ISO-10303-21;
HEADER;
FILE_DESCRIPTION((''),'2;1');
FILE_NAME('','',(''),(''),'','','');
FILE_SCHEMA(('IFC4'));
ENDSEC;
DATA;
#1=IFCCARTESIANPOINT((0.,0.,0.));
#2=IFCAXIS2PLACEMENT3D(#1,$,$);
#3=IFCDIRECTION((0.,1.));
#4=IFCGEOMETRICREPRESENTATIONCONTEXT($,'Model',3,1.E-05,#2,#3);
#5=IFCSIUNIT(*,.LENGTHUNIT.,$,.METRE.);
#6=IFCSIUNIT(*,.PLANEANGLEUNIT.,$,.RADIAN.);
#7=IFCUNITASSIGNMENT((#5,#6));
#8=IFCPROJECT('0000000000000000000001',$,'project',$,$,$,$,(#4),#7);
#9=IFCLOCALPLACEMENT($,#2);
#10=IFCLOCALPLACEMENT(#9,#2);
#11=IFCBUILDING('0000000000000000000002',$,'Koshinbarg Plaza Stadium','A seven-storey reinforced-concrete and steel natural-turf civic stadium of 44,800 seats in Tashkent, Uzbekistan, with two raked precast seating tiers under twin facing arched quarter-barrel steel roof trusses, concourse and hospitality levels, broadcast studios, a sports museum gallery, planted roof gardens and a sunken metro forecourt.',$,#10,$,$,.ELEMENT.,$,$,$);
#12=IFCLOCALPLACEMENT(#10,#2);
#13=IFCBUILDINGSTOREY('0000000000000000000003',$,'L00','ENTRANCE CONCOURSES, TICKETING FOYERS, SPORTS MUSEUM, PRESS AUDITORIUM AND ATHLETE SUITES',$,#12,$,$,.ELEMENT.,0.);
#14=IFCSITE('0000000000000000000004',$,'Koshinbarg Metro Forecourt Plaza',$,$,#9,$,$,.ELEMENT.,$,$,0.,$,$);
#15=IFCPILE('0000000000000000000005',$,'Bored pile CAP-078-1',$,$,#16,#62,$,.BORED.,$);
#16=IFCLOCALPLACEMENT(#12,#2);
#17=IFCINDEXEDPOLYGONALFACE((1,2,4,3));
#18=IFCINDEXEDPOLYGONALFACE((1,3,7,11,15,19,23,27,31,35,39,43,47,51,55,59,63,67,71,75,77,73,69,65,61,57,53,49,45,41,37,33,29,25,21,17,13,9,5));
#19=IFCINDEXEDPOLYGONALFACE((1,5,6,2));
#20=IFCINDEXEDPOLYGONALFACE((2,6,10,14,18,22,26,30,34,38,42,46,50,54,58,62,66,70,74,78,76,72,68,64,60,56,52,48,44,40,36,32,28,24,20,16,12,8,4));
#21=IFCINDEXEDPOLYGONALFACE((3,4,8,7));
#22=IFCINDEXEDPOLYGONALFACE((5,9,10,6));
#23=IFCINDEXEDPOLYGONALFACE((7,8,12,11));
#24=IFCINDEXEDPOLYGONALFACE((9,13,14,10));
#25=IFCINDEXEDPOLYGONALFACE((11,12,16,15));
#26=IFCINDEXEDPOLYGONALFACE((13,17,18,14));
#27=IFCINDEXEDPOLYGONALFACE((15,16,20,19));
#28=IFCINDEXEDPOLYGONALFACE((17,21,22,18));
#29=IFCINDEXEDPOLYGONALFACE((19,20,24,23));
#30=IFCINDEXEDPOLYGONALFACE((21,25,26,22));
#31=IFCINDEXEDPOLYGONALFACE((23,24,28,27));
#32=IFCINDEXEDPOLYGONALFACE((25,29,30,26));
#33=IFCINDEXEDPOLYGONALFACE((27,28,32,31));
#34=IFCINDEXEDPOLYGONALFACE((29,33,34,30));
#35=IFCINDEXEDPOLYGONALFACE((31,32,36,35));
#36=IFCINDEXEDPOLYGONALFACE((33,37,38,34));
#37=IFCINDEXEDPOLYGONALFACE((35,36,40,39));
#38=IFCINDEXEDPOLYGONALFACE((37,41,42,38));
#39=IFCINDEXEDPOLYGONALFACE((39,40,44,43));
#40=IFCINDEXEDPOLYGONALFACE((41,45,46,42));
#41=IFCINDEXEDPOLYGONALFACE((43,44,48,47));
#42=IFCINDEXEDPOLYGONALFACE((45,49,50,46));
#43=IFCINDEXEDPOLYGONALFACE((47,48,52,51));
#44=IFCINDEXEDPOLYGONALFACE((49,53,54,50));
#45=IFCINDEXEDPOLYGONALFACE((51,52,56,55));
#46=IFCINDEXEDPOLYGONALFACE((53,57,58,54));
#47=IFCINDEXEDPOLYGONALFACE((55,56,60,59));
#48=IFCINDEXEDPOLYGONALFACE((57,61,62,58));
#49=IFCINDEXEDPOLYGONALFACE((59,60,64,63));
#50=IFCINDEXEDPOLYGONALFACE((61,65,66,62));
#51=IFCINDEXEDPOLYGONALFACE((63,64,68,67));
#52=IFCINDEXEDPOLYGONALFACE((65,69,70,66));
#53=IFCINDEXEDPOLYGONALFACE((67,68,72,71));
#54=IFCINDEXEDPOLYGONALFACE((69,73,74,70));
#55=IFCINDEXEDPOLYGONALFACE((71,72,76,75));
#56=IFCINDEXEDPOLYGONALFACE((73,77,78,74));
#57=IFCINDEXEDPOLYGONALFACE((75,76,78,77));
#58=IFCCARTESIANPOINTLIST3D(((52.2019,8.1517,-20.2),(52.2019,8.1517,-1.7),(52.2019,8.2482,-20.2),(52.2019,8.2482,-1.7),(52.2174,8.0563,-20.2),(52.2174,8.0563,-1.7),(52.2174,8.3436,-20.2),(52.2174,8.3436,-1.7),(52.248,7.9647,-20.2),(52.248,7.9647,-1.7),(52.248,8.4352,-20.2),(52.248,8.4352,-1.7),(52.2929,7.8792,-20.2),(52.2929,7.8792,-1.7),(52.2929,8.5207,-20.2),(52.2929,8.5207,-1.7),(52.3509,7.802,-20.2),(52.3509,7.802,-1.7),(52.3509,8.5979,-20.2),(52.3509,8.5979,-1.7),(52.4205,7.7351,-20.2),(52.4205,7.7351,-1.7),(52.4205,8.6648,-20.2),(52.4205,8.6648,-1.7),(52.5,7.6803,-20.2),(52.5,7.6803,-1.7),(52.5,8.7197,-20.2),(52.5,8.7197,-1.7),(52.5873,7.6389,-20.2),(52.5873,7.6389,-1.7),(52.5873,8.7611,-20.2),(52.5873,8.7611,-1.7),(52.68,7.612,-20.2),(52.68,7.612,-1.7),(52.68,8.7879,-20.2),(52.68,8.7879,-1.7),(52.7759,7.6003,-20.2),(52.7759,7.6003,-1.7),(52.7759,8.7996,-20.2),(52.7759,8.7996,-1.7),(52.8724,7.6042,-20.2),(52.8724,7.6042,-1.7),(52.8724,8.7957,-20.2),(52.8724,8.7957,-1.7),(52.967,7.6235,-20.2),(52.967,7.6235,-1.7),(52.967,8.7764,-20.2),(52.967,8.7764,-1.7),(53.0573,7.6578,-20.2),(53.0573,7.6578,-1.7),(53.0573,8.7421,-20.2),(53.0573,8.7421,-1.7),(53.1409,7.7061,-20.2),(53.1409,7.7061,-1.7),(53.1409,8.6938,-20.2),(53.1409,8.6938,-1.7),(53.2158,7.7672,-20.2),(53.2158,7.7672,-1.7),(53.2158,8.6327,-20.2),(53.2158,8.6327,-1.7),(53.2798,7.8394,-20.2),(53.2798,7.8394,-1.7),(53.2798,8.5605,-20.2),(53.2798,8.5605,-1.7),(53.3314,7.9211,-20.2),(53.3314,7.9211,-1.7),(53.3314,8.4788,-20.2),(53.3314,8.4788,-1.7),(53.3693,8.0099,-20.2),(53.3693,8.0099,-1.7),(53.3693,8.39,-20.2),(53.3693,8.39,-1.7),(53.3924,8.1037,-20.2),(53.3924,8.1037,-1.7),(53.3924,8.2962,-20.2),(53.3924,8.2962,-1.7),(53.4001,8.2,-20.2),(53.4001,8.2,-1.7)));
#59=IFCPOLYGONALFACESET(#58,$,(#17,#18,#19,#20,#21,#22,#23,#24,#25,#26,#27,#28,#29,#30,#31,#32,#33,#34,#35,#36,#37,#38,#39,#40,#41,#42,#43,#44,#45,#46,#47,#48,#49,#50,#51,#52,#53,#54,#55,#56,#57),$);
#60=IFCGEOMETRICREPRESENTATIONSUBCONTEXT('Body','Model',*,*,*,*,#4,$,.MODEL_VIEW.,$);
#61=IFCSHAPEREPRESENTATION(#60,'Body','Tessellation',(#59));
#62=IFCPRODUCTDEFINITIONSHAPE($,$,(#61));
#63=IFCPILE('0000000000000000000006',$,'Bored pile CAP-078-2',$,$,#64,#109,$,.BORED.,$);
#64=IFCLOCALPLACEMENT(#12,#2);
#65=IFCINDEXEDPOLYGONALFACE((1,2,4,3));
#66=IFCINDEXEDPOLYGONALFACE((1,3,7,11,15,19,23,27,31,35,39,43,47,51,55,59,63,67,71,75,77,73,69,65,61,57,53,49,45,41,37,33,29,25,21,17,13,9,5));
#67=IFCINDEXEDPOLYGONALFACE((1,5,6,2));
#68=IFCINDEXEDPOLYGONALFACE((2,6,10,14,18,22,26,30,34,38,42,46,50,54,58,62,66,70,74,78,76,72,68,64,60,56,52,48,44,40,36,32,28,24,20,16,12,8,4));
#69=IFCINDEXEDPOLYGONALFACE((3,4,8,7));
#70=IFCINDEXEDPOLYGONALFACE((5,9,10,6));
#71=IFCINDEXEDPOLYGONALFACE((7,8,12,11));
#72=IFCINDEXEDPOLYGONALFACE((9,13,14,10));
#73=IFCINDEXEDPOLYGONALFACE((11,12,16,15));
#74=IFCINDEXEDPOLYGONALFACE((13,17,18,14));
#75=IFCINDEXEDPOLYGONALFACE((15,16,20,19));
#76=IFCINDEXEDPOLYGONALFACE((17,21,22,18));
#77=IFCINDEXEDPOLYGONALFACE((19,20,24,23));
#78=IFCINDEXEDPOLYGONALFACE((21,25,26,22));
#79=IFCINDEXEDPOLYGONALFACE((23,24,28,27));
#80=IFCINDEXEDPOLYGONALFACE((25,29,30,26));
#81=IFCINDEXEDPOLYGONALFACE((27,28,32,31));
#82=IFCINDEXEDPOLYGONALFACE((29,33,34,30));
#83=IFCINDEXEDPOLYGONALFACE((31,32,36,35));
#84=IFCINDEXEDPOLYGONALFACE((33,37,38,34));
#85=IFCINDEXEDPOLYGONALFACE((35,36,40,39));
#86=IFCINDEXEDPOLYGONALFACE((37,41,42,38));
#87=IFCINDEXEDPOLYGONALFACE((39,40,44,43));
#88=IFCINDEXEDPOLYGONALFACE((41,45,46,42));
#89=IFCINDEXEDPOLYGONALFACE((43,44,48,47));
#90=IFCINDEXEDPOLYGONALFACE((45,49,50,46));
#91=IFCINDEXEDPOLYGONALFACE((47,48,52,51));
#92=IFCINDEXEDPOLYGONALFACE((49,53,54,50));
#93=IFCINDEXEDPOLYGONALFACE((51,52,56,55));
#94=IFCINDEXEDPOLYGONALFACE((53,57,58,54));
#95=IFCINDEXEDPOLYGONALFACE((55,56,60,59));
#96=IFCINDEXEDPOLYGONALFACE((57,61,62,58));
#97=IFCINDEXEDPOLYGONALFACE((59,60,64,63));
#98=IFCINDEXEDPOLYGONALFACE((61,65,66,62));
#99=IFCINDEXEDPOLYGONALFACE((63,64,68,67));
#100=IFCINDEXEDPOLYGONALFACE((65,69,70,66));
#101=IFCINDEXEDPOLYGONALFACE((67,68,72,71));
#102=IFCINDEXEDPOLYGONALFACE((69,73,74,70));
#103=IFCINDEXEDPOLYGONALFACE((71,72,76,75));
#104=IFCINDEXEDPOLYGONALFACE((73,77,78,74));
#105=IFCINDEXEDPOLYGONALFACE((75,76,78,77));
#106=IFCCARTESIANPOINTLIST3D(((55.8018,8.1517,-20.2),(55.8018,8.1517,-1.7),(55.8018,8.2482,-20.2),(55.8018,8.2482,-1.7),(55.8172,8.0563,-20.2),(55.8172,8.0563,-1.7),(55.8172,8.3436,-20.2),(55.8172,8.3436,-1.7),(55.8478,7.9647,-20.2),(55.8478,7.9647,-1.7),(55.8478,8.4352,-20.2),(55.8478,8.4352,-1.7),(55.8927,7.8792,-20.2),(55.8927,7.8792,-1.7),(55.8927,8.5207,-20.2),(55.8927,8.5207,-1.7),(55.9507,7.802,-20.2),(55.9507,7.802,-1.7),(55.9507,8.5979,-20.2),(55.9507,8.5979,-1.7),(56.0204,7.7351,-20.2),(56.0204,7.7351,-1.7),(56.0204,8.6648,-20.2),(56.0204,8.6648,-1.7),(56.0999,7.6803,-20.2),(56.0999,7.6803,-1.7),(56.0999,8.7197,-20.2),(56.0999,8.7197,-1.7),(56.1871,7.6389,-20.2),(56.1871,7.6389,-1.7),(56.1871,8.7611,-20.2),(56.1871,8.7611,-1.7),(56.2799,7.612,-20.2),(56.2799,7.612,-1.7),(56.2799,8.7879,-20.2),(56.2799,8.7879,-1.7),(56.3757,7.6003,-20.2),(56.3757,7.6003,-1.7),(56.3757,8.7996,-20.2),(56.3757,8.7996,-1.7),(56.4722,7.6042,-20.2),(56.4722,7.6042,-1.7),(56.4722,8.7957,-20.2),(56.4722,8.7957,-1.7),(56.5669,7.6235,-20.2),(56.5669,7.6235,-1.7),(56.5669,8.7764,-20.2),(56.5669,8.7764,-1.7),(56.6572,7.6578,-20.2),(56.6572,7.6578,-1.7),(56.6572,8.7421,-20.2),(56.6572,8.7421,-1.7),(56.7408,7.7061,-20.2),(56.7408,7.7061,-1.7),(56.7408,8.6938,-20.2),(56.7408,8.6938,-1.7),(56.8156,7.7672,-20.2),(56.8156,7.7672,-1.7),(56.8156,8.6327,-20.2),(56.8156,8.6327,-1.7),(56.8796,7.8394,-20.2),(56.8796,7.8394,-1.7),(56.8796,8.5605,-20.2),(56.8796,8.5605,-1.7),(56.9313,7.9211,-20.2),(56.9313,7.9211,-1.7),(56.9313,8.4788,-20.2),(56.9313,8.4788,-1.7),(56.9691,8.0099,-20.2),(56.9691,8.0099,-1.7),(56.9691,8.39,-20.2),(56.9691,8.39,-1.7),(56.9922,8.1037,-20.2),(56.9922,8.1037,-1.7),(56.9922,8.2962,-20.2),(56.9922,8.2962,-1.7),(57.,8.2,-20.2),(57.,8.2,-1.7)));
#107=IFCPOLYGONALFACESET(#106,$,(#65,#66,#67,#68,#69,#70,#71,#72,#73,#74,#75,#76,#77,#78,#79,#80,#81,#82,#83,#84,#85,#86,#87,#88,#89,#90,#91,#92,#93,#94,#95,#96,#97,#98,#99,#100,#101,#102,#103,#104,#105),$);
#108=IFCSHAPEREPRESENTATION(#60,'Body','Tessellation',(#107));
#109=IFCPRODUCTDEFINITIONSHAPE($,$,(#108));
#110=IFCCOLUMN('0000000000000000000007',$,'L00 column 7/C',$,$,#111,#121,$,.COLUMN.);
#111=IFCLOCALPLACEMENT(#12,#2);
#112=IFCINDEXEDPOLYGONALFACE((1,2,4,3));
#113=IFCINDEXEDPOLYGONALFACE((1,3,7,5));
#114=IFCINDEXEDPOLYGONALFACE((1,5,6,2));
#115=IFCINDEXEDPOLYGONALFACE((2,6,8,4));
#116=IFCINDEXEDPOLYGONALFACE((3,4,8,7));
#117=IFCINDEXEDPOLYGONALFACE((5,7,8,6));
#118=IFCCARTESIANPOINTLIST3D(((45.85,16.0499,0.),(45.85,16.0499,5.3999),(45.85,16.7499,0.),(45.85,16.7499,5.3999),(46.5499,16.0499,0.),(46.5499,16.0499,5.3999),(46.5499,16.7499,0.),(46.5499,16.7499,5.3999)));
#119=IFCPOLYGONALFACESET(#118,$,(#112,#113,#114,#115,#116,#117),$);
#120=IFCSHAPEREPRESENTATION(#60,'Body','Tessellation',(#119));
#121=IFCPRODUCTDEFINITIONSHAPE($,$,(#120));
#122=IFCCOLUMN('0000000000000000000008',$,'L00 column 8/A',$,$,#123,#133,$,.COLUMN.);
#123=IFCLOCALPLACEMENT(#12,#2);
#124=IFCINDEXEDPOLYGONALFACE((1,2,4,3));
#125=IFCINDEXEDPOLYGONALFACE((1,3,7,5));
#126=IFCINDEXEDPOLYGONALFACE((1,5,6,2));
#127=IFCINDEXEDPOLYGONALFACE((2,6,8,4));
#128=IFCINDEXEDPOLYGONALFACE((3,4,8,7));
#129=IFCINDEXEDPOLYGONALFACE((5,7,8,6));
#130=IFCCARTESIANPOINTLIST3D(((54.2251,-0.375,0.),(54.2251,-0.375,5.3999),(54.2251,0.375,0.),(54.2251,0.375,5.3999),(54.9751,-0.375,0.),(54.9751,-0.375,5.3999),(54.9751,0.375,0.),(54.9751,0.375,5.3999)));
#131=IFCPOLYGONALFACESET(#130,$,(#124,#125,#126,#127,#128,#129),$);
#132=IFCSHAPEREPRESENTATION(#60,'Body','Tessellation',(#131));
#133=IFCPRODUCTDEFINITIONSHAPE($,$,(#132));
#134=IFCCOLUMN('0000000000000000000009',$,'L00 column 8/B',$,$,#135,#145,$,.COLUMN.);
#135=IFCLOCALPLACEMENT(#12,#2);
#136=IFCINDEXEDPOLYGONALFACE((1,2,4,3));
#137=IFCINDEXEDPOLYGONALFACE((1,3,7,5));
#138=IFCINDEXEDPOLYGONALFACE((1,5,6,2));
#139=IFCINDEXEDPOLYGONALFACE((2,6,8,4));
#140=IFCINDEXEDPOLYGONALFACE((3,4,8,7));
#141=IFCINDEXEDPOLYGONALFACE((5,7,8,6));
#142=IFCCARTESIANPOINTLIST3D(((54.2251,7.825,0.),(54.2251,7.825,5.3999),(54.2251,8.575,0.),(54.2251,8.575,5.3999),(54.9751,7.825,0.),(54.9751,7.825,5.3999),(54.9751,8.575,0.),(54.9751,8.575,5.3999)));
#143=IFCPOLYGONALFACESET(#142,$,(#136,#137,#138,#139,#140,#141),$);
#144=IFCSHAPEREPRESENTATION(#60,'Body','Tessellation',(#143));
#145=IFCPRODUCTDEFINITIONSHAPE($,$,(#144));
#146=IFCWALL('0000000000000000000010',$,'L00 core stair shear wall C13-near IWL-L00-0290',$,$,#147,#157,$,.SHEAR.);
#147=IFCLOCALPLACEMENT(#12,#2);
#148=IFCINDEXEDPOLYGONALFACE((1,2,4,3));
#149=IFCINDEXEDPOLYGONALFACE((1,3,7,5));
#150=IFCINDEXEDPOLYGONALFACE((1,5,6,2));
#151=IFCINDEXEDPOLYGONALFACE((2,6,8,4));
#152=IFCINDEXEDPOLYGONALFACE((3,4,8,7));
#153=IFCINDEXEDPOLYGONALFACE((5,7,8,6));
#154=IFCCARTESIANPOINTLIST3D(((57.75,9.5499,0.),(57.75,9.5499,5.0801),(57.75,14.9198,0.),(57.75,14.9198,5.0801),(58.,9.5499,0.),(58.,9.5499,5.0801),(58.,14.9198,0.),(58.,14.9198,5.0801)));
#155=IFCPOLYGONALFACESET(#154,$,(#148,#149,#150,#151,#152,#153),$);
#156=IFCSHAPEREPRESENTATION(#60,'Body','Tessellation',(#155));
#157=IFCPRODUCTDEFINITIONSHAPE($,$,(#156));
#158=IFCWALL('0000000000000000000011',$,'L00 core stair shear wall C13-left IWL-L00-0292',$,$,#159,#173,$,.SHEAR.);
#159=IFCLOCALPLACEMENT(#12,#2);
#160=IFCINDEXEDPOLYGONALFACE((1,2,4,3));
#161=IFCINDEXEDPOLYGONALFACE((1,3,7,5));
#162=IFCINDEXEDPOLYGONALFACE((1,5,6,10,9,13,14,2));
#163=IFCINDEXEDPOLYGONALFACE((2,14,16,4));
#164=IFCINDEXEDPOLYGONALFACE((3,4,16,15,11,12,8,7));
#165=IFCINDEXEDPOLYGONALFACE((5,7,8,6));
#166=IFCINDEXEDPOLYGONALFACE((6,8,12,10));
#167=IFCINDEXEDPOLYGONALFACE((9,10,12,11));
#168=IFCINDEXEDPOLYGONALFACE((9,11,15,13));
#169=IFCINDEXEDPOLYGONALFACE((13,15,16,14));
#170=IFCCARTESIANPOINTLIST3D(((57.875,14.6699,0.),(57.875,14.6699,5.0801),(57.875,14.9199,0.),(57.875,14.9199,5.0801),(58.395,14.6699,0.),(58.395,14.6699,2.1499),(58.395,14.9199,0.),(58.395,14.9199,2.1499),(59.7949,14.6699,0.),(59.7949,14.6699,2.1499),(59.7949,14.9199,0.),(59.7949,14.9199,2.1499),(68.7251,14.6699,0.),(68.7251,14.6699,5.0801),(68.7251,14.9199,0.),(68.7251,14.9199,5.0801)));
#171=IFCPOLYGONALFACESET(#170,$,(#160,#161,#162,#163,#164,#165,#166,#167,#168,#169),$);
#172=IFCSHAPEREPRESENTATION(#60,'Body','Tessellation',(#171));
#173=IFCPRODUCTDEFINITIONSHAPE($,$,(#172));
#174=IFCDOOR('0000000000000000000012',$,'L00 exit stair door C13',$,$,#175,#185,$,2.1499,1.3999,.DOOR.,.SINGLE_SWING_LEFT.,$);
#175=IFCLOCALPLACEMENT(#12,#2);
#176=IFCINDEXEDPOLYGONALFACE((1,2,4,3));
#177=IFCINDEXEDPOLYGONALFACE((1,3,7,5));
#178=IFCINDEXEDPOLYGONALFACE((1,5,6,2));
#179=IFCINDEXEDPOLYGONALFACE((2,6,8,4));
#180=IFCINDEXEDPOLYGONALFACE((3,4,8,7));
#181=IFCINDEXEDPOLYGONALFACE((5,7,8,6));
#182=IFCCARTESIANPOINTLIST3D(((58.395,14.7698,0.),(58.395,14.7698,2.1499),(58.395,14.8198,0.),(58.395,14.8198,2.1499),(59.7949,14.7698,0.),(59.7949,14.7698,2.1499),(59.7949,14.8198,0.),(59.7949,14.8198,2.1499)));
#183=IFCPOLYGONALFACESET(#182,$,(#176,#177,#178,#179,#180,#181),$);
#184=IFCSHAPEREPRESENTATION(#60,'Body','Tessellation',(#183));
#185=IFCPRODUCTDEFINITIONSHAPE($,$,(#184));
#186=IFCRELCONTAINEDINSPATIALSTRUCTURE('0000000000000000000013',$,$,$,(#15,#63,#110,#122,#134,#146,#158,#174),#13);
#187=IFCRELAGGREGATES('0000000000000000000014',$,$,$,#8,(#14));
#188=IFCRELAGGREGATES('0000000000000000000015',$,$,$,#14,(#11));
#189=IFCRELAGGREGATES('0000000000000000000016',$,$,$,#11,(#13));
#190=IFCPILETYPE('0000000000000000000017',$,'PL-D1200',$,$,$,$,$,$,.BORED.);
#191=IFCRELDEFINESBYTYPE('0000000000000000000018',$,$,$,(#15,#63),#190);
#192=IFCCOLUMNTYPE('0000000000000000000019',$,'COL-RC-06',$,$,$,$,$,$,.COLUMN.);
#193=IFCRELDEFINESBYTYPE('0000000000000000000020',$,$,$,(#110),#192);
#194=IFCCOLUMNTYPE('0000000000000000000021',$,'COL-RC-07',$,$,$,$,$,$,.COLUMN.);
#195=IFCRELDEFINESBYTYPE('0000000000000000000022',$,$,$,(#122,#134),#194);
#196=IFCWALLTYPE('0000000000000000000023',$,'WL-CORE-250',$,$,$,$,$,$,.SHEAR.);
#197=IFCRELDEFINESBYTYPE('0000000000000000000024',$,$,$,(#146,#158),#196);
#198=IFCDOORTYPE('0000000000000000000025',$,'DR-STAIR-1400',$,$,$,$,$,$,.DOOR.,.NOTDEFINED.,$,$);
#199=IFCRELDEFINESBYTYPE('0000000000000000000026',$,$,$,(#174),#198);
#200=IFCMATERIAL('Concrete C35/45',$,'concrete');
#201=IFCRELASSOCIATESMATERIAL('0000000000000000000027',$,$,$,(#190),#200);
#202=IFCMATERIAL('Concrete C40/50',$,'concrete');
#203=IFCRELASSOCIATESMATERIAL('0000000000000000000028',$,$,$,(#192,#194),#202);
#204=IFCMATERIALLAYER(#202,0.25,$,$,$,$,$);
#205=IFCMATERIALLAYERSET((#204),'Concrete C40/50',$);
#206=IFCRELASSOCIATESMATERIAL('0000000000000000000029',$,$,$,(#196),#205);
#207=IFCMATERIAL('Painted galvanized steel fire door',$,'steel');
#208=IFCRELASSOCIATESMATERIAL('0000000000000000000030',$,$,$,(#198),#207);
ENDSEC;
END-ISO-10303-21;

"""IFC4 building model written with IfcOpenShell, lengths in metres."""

from ifc_helpers import new_model, si_unit, direction, frame, frame_2d, origin, origin_2d, place, context, subcontext, project, spatial, rectangle, circle, extrude, material, layer, layer_set, material_profile, profile_set, type_object, element, fill, save


model = new_model("IFC4")

# Units and contexts
model_context = context("Model", 3, precision=1e-05, world=origin(), true_north=direction((0.0, 1.0)))
body_context = subcontext(model_context, "Body", "Model", "MODEL_VIEW")
ifc_project = project(units=[si_unit("LENGTHUNIT", "METRE"), si_unit("PLANEANGLEUNIT", "RADIAN")], contexts=[model_context])

# Site, building, storey
site_placement = place(None, origin())
site = spatial("IfcSite", under=ifc_project, at=site_placement, Name="Koshinbarg Metro Forecourt Plaza", CompositionType="ELEMENT", RefElevation=0.0)
building_placement = place(site_placement, origin())
building = spatial("IfcBuilding", under=site, at=building_placement, Name="Koshinbarg Plaza Stadium", Description="A seven-storey reinforced-concrete and steel natural-turf civic stadium of 44,800 seats in Tashkent, Uzbekistan, with two raked precast seating tiers under twin facing arched quarter-barrel steel roof trusses, concourse and hospitality levels, broadcast studios, a sports museum gallery, planted roof gardens and a sunken metro forecourt.", CompositionType="ELEMENT")
storey_placement = place(building_placement, origin())
storey = spatial("IfcBuildingStorey", under=building, at=storey_placement, Name="L00", Description="ENTRANCE CONCOURSES, TICKETING FOYERS, SPORTS MUSEUM, PRESS AUDITORIUM AND ATHLETE SUITES", CompositionType="ELEMENT", Elevation=0.0)

# Shared definitions
ifc_material_1 = material(Name="Concrete C35/45", Category="concrete")

# Piles
ifc_material_profile_1 = material_profile(ifc_material_1, circle(Radius=0.6001, at=origin_2d()), Name="PILE D1200")
ifc_profile_set_1 = profile_set([ifc_material_profile_1], Name="Concrete C35/45")
pile_type_1 = type_object("IfcPileType", Name="PL-D1200", PredefinedType="BORED", material=ifc_profile_set_1)
for number, where, z_axis, x_axis, name in (
    (1, (52.8, 8.2, -1.7), (0.0, 0.0, -1.0), (1.0, 0.0, 0.0), "Bored pile CAP-078-1"),
    (2, (56.3999, 8.2, -1.7), (0.0, 0.0, -1.0), (1.0, 0.0, 0.0), "Bored pile CAP-078-2"),
):
    element("IfcPile", number, at=place(storey_placement, frame(where, z_axis=z_axis, x_axis=x_axis)), inside=storey, type_object=pile_type_1, Name=name, PredefinedType="BORED", context=body_context, shape_type="SweptSolid", body=[
        extrude(circle(Radius=0.6001, at=origin_2d()), origin(), (0.0, 0.0, 1.0), 18.5),
    ])

# Columns
ifc_material_2 = material(Name="Concrete C40/50", Category="concrete")
ifc_material_profile_2 = material_profile(ifc_material_2, rectangle(XDim=0.7, YDim=0.7, at=origin_2d()), Name="RC 700x700")
ifc_profile_set_2 = profile_set([ifc_material_profile_2], Name="Concrete C40/50")
column_type_1 = type_object("IfcColumnType", Name="COL-RC-06", PredefinedType="COLUMN", material=ifc_profile_set_2)
column_placement = place(storey_placement, frame((46.2, 16.3999, 0.0), z_axis=(0.0, 0.0, 1.0), x_axis=(1.0, 0.0, 0.0)))
element("IfcColumn", 3, at=column_placement, inside=storey, type_object=column_type_1, Name="L00 column 7/C", PredefinedType="COLUMN", context=body_context, shape_type="SweptSolid", body=[
    extrude(rectangle(XDim=0.7, YDim=0.7, at=origin_2d()), origin(), (0.0, 0.0, 1.0), 5.3999),
])
ifc_material_profile_3 = material_profile(ifc_material_2, rectangle(XDim=0.75, YDim=0.75, at=origin_2d()), Name="RC 750x750")
ifc_profile_set_3 = profile_set([ifc_material_profile_3], Name="Concrete C40/50")
column_type_2 = type_object("IfcColumnType", Name="COL-RC-07", PredefinedType="COLUMN", material=ifc_profile_set_3)
for number, where, z_axis, x_axis, name in (
    (4, (54.6001, 0.0, 0.0), (0.0, 0.0, 1.0), (1.0, 0.0, 0.0), "L00 column 8/A"),
    (5, (54.6001, 8.2, 0.0), (0.0, 0.0, 1.0), (1.0, 0.0, 0.0), "L00 column 8/B"),
):
    element("IfcColumn", number, at=place(storey_placement, frame(where, z_axis=z_axis, x_axis=x_axis)), inside=storey, type_object=column_type_2, Name=name, PredefinedType="COLUMN", context=body_context, shape_type="SweptSolid", body=[
        extrude(rectangle(XDim=0.75, YDim=0.75, at=origin_2d()), origin(), (0.0, 0.0, 1.0), 5.3999),
    ])

# Wall
ifc_layer_1 = layer(ifc_material_2, 0.25)
ifc_layer_set_1 = layer_set([ifc_layer_1], Name="Concrete C40/50")
wall_type_1 = type_object("IfcWallType", Name="WL-CORE-250", PredefinedType="SHEAR", material=ifc_layer_set_1)
wall_1_placement = place(storey_placement, frame((57.875, 14.9199, 0.0), z_axis=(0.0, 0.0, 1.0), x_axis=(0.0, -1.0, 0.0)))
element("IfcWall", 6, at=wall_1_placement, inside=storey, type_object=wall_type_1, Name="L00 core stair shear wall C13-near IWL-L00-0290", PredefinedType="SHEAR", context=body_context, shape_type="SweptSolid", body=[
    extrude(rectangle(XDim=5.3699, YDim=0.25, at=frame_2d((2.6851, 0.0))), origin(), (0.0, 0.0, 1.0), 5.0801),
])

# Wall, opening, door
wall_2_placement = place(storey_placement, frame((57.875, 14.7949, 0.0), z_axis=(0.0, 0.0, 1.0), x_axis=(1.0, 0.0, 0.0)))
wall_2 = element("IfcWall", 7, at=wall_2_placement, inside=storey, type_object=wall_type_1, Name="L00 core stair shear wall C13-left IWL-L00-0292", PredefinedType="SHEAR", context=body_context, shape_type="SweptSolid", body=[
    extrude(rectangle(XDim=10.8501, YDim=0.25, at=frame_2d((5.425, 0.0))), origin(), (0.0, 0.0, 1.0), 5.0801),
])
opening_placement = place(wall_2_placement, frame((0.52, 0.0, 0.0)))
opening = element("IfcOpeningElement", 8, at=opening_placement, cuts=wall_2, PredefinedType="OPENING", context=body_context, shape_type="SweptSolid", body=[
    extrude(rectangle(XDim=1.3999, YDim=2.1499, at=frame_2d((0.7, 1.075))), frame((0.0, 0.135, 0.0), z_axis=(0.0, -1.0, 0.0), x_axis=(1.0, 0.0, 0.0)), (0.0, 0.0, 1.0), 0.27),
])
ifc_material_3 = material(Name="Painted galvanized steel fire door", Category="steel")
door_type = type_object("IfcDoorType", Name="DR-STAIR-1400", OperationType="NOTDEFINED", PredefinedType="DOOR", material=ifc_material_3)
door_placement = place(opening_placement, origin())
door = element("IfcDoor", 9, at=door_placement, inside=storey, type_object=door_type, Name="L00 exit stair door C13", OperationType="SINGLE_SWING_LEFT", OverallHeight=2.1499, OverallWidth=1.3999, PredefinedType="DOOR", context=body_context, shape_type="SweptSolid", body=[
    extrude(rectangle(XDim=1.3999, YDim=2.1499, at=frame_2d((0.7, 1.075))), frame((0.0, 0.0249, 0.0), z_axis=(0.0, -1.0, 0.0), x_axis=(1.0, 0.0, 0.0)), (0.0, 0.0, 1.0), 0.05),
])
fill(opening, door)

save(model, "model.ifc")
